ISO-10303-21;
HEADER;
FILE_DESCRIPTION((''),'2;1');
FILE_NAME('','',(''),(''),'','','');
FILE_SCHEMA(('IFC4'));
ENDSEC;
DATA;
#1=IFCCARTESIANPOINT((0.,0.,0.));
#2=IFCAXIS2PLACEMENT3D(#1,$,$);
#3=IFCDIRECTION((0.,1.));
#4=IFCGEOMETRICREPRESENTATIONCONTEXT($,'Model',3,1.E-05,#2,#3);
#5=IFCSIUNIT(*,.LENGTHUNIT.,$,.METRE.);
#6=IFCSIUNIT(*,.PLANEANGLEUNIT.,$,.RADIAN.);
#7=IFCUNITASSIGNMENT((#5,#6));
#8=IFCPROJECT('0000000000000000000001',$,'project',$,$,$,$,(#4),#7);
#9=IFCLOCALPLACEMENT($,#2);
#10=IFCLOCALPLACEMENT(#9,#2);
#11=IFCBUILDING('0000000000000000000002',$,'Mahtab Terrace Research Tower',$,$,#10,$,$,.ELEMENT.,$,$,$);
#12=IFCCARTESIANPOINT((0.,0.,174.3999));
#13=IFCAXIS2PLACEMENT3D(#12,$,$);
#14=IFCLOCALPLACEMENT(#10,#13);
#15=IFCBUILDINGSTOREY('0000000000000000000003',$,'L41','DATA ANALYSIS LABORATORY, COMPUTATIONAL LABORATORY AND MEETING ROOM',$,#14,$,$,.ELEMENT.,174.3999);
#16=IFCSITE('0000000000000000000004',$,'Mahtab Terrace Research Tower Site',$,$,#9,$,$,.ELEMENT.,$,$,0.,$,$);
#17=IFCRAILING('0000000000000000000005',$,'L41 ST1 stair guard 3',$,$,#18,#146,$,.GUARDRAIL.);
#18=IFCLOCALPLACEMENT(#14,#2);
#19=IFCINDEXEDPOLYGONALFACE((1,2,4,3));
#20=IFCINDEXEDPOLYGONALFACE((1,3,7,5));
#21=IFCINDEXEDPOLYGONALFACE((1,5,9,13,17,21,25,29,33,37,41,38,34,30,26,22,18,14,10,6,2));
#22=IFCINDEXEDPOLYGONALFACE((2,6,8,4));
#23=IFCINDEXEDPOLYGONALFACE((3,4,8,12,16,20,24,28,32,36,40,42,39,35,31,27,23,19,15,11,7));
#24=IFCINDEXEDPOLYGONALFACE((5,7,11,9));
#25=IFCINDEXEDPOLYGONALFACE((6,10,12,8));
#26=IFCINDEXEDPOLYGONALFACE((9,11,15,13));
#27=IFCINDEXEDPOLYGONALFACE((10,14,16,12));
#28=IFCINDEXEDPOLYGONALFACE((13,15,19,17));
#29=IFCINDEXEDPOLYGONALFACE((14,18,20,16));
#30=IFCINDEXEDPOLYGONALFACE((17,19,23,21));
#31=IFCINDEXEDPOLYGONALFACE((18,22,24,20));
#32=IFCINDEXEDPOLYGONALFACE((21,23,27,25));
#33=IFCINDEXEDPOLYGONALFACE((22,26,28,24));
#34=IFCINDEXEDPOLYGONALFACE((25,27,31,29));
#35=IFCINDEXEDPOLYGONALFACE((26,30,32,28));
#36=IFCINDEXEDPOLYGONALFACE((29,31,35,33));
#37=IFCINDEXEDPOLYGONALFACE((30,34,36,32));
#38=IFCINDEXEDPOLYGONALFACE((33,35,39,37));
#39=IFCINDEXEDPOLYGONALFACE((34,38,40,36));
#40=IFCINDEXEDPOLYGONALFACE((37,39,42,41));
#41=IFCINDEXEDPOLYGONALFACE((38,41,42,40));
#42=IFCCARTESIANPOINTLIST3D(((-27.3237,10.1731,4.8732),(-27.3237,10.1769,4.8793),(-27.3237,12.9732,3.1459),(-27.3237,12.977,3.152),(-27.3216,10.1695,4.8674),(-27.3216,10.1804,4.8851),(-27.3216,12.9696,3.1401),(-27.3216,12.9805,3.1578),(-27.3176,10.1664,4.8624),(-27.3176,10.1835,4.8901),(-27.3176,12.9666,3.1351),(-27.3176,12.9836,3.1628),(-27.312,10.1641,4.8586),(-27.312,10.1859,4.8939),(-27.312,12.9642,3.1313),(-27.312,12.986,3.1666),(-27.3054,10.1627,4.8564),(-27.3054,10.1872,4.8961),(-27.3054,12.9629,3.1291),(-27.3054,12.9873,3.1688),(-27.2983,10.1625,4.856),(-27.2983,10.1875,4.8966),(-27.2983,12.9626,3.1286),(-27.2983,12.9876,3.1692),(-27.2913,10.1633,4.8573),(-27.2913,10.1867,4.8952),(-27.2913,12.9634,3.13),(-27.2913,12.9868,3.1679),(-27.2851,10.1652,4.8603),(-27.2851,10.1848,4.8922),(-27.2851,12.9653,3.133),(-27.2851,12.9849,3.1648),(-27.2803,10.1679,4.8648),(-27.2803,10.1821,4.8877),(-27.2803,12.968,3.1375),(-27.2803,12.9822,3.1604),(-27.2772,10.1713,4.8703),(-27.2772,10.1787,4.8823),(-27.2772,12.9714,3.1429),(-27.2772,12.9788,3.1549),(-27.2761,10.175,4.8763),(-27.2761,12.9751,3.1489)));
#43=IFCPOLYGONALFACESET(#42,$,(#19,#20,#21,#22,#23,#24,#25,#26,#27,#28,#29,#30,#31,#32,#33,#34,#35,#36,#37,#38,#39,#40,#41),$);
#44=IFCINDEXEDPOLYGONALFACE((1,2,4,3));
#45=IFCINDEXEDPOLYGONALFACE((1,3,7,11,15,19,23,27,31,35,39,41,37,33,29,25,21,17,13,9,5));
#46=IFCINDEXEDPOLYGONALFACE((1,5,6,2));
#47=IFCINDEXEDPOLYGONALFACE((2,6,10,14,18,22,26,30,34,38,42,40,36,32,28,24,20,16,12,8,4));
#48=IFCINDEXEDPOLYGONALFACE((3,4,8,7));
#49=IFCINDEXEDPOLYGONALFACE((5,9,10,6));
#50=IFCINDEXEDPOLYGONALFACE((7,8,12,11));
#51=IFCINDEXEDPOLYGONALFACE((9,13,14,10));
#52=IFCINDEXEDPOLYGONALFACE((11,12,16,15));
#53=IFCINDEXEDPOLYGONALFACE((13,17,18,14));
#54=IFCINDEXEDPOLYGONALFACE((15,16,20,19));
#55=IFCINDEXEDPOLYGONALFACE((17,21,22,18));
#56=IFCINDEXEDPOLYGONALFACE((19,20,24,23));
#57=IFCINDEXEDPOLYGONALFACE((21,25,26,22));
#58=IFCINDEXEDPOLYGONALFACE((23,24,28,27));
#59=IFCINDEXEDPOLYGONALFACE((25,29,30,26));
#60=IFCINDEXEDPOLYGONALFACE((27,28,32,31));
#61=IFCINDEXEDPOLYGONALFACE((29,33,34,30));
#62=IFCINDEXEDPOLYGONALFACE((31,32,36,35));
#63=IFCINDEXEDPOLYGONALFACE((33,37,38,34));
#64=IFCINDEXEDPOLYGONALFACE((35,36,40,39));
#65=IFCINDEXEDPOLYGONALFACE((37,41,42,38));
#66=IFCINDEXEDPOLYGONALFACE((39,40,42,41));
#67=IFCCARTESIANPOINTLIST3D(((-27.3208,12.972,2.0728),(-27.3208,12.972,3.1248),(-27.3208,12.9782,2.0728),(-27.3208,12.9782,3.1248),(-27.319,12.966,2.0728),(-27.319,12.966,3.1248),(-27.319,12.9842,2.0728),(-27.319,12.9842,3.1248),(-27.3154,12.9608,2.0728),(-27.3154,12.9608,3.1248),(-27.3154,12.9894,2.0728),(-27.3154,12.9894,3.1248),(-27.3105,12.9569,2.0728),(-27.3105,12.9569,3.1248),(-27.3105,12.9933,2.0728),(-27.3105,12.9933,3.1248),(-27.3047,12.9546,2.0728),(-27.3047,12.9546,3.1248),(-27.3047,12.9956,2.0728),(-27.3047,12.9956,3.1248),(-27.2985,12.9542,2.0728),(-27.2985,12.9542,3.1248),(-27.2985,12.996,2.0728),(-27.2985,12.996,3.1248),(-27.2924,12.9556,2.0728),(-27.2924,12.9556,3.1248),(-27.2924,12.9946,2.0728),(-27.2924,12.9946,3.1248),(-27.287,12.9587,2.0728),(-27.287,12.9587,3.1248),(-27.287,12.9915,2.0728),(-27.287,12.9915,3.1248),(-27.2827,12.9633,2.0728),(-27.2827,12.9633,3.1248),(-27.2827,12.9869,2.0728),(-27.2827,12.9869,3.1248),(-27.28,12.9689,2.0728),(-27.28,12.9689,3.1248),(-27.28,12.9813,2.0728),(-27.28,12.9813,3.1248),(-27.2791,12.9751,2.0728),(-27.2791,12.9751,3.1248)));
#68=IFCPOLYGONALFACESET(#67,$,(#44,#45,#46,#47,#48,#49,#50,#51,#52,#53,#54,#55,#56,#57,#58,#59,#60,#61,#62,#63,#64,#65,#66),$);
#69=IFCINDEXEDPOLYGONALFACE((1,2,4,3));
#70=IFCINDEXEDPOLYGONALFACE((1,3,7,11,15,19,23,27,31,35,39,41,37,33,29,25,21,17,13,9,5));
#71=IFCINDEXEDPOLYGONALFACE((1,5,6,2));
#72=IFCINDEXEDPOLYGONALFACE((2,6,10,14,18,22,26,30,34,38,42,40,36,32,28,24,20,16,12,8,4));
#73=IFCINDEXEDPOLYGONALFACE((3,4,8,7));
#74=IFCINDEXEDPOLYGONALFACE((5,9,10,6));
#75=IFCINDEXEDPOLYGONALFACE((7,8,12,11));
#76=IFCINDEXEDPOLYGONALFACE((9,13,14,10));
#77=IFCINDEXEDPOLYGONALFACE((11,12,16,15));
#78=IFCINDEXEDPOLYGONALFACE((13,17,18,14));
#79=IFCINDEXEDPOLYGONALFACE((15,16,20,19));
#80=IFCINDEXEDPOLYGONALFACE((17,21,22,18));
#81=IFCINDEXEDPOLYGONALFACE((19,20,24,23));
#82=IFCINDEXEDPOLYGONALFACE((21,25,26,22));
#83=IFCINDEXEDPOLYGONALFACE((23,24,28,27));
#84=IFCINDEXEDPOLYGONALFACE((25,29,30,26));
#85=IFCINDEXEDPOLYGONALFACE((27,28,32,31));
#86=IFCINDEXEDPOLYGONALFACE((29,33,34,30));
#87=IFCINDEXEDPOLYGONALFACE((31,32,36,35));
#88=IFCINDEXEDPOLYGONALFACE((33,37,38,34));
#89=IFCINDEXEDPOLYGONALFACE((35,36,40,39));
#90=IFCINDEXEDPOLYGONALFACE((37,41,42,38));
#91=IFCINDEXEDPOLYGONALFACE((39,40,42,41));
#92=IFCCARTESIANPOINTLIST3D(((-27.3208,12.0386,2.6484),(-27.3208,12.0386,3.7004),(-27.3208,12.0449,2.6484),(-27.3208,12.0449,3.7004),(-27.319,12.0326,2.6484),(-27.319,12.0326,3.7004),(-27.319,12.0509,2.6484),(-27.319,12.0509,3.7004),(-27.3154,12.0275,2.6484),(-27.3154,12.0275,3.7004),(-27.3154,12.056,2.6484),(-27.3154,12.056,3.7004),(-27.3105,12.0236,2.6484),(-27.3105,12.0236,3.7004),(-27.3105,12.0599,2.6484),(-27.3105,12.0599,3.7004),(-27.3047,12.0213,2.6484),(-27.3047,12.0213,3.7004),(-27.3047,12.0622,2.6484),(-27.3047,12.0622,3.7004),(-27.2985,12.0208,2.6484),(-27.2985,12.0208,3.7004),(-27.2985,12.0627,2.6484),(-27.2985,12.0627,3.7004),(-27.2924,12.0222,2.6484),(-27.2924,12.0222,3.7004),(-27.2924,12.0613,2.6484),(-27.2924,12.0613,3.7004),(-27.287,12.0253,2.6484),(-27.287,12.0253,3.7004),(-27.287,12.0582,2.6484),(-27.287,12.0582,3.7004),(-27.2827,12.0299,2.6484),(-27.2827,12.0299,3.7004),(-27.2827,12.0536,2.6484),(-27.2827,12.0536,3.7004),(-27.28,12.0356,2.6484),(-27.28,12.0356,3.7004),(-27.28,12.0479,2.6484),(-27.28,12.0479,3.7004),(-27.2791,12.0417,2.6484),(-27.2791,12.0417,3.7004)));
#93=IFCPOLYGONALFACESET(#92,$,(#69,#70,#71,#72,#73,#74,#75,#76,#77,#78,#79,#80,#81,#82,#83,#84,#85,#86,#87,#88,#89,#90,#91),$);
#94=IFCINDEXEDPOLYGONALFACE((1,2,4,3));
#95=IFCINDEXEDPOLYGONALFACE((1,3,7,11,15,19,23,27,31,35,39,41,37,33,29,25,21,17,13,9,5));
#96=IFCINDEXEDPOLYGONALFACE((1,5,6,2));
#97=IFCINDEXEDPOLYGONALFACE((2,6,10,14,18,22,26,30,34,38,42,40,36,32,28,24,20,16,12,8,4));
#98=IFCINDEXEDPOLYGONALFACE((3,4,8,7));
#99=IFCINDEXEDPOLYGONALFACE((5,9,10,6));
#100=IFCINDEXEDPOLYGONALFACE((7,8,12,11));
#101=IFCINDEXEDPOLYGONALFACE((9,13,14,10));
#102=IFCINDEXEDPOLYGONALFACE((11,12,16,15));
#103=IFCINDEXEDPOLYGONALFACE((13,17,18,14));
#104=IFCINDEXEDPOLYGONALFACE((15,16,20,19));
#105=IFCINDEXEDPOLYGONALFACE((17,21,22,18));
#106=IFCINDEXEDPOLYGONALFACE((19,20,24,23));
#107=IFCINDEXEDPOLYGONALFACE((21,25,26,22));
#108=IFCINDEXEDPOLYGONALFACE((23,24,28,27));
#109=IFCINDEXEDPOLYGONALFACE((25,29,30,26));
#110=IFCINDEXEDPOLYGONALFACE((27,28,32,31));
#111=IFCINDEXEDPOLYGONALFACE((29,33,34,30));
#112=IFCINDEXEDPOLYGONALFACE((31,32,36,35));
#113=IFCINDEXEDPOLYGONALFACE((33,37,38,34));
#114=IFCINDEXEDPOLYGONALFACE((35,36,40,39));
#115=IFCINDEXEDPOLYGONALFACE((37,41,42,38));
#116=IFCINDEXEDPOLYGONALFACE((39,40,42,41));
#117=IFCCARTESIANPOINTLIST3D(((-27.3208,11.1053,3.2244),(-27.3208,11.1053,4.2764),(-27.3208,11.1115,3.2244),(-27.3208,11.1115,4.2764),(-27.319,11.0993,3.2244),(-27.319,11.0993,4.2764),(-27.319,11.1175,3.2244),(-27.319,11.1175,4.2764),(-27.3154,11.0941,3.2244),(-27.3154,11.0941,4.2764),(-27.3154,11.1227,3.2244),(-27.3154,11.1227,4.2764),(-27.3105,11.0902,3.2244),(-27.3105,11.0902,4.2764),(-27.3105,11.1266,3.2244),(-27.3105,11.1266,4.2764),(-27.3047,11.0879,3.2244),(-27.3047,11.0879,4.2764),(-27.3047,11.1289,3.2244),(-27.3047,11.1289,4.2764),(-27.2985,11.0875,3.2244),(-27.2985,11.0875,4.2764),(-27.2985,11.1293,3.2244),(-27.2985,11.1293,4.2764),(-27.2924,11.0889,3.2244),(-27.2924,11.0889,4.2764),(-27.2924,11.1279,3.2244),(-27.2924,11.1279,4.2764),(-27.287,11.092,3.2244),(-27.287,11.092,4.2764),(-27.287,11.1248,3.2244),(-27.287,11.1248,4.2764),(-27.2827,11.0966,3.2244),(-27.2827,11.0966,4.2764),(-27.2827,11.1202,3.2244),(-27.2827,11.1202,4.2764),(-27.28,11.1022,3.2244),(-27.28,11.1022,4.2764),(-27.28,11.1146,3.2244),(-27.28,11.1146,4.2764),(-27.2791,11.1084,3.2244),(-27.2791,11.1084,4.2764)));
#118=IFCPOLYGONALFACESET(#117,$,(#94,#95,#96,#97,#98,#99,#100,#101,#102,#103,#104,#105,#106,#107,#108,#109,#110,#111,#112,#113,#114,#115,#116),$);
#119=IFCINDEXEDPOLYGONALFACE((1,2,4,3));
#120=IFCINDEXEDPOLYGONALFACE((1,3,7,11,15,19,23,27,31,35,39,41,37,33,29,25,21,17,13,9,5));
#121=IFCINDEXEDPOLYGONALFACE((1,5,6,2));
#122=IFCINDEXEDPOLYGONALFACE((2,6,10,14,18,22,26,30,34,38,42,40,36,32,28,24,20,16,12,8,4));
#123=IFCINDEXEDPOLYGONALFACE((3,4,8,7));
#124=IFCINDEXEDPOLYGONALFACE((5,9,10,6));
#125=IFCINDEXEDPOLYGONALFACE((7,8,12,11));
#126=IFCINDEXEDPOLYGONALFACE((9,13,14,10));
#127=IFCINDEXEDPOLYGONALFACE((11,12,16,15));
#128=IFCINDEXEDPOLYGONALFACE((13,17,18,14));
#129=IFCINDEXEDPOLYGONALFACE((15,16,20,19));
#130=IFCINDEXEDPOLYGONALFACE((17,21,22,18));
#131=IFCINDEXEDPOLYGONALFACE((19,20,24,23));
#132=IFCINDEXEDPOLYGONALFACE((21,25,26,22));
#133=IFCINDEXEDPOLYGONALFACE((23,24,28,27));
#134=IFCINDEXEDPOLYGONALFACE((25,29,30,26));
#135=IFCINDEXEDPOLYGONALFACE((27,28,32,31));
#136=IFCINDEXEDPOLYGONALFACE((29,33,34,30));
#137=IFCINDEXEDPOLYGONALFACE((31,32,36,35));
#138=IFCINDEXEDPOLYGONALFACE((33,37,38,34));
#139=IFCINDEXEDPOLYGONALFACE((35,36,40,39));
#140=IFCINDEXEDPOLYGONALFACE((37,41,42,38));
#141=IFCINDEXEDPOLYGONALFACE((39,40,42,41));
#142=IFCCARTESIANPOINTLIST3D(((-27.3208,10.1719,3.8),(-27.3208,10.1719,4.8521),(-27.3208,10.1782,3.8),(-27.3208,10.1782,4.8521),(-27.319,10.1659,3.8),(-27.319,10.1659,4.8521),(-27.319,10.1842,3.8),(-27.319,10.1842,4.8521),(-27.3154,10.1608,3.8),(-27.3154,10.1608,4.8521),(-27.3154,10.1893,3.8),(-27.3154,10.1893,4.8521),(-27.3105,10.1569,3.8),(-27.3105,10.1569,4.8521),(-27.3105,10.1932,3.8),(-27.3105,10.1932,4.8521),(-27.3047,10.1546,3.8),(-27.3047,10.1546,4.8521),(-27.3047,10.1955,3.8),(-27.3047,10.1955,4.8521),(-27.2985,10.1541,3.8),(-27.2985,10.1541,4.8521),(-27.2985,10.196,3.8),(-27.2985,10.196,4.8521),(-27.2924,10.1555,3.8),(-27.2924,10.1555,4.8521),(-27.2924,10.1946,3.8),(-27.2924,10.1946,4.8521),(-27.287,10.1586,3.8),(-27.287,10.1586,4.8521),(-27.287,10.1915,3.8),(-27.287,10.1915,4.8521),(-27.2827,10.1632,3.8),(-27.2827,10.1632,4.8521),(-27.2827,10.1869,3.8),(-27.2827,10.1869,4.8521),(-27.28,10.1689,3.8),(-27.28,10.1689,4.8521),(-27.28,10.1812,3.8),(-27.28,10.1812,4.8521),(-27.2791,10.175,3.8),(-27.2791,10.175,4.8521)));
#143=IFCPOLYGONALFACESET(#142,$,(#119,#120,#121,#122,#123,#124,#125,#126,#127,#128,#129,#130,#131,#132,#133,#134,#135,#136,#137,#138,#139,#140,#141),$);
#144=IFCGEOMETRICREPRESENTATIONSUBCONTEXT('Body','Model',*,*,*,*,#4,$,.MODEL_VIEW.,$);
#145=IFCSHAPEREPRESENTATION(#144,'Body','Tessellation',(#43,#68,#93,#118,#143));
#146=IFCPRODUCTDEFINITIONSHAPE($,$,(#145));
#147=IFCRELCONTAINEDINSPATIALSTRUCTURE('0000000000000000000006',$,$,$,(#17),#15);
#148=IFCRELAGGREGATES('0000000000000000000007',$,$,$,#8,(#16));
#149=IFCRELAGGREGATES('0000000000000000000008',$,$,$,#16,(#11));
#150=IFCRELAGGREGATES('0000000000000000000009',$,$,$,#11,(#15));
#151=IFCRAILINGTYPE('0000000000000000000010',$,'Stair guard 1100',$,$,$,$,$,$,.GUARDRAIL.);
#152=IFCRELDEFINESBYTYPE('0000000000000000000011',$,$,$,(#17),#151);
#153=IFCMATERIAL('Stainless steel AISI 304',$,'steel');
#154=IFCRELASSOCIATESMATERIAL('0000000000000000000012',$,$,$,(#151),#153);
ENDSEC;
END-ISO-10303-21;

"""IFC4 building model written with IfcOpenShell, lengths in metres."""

from ifc_helpers import new_model, si_unit, direction, frame, origin, origin_2d, place, context, subcontext, project, spatial, circle, extrude, material, type_object, element, save


model = new_model("IFC4")

# Units and contexts
model_context = context("Model", 3, precision=1e-05, world=origin(), true_north=direction((0.0, 1.0)))
body_context = subcontext(model_context, "Body", "Model", "MODEL_VIEW")
ifc_project = project(units=[si_unit("LENGTHUNIT", "METRE"), si_unit("PLANEANGLEUNIT", "RADIAN")], contexts=[model_context])

# Site, building, storey
site_placement = place(None, origin())
site = spatial("IfcSite", under=ifc_project, at=site_placement, Name="Mahtab Terrace Research Tower Site", CompositionType="ELEMENT", RefElevation=0.0)
building_placement = place(site_placement, origin())
building = spatial("IfcBuilding", under=site, at=building_placement, Name="Mahtab Terrace Research Tower", CompositionType="ELEMENT")
storey_placement = place(building_placement, frame((0.0, 0.0, 174.3999)))
storey = spatial("IfcBuildingStorey", under=building, at=storey_placement, Name="L41", Description="DATA ANALYSIS LABORATORY, COMPUTATIONAL LABORATORY AND MEETING ROOM", CompositionType="ELEMENT", Elevation=174.3999)

# Railing
ifc_material_1 = material(Name="Stainless steel AISI 304", Category="steel")
railing_type_1 = type_object("IfcRailingType", Name="Stair guard 1100", PredefinedType="GUARDRAIL", material=ifc_material_1)
railing_1_placement = place(storey_placement, frame((-27.3, 12.9751, 2.0728)))
element("IfcRailing", 1, at=railing_1_placement, inside=storey, type_object=railing_type_1, Name="L41 ST1 stair guard 3", PredefinedType="GUARDRAIL", context=body_context, shape_type="SweptSolid", body=[
    extrude(circle(Radius=0.0239, at=origin_2d()), frame((0.0, 0.0, 1.0762), z_axis=(0.0, -0.85109, 0.52502), x_axis=(1.0, 0.0, 0.0)), (0.0, 0.0, 1.0), 3.29),
    extrude(circle(Radius=0.021, at=origin_2d()), origin(), (0.0, 0.0, 1.0), 1.052),
    extrude(circle(Radius=0.021, at=origin_2d()), frame((0.0, -0.9333, 0.5757)), (0.0, 0.0, 1.0), 1.052),
    extrude(circle(Radius=0.021, at=origin_2d()), frame((0.0, -1.8667, 1.1516)), (0.0, 0.0, 1.0), 1.052),
    extrude(circle(Radius=0.021, at=origin_2d()), frame((0.0, -2.8, 1.7273)), (0.0, 0.0, 1.0), 1.052),
])

save(model, "model.ifc")
